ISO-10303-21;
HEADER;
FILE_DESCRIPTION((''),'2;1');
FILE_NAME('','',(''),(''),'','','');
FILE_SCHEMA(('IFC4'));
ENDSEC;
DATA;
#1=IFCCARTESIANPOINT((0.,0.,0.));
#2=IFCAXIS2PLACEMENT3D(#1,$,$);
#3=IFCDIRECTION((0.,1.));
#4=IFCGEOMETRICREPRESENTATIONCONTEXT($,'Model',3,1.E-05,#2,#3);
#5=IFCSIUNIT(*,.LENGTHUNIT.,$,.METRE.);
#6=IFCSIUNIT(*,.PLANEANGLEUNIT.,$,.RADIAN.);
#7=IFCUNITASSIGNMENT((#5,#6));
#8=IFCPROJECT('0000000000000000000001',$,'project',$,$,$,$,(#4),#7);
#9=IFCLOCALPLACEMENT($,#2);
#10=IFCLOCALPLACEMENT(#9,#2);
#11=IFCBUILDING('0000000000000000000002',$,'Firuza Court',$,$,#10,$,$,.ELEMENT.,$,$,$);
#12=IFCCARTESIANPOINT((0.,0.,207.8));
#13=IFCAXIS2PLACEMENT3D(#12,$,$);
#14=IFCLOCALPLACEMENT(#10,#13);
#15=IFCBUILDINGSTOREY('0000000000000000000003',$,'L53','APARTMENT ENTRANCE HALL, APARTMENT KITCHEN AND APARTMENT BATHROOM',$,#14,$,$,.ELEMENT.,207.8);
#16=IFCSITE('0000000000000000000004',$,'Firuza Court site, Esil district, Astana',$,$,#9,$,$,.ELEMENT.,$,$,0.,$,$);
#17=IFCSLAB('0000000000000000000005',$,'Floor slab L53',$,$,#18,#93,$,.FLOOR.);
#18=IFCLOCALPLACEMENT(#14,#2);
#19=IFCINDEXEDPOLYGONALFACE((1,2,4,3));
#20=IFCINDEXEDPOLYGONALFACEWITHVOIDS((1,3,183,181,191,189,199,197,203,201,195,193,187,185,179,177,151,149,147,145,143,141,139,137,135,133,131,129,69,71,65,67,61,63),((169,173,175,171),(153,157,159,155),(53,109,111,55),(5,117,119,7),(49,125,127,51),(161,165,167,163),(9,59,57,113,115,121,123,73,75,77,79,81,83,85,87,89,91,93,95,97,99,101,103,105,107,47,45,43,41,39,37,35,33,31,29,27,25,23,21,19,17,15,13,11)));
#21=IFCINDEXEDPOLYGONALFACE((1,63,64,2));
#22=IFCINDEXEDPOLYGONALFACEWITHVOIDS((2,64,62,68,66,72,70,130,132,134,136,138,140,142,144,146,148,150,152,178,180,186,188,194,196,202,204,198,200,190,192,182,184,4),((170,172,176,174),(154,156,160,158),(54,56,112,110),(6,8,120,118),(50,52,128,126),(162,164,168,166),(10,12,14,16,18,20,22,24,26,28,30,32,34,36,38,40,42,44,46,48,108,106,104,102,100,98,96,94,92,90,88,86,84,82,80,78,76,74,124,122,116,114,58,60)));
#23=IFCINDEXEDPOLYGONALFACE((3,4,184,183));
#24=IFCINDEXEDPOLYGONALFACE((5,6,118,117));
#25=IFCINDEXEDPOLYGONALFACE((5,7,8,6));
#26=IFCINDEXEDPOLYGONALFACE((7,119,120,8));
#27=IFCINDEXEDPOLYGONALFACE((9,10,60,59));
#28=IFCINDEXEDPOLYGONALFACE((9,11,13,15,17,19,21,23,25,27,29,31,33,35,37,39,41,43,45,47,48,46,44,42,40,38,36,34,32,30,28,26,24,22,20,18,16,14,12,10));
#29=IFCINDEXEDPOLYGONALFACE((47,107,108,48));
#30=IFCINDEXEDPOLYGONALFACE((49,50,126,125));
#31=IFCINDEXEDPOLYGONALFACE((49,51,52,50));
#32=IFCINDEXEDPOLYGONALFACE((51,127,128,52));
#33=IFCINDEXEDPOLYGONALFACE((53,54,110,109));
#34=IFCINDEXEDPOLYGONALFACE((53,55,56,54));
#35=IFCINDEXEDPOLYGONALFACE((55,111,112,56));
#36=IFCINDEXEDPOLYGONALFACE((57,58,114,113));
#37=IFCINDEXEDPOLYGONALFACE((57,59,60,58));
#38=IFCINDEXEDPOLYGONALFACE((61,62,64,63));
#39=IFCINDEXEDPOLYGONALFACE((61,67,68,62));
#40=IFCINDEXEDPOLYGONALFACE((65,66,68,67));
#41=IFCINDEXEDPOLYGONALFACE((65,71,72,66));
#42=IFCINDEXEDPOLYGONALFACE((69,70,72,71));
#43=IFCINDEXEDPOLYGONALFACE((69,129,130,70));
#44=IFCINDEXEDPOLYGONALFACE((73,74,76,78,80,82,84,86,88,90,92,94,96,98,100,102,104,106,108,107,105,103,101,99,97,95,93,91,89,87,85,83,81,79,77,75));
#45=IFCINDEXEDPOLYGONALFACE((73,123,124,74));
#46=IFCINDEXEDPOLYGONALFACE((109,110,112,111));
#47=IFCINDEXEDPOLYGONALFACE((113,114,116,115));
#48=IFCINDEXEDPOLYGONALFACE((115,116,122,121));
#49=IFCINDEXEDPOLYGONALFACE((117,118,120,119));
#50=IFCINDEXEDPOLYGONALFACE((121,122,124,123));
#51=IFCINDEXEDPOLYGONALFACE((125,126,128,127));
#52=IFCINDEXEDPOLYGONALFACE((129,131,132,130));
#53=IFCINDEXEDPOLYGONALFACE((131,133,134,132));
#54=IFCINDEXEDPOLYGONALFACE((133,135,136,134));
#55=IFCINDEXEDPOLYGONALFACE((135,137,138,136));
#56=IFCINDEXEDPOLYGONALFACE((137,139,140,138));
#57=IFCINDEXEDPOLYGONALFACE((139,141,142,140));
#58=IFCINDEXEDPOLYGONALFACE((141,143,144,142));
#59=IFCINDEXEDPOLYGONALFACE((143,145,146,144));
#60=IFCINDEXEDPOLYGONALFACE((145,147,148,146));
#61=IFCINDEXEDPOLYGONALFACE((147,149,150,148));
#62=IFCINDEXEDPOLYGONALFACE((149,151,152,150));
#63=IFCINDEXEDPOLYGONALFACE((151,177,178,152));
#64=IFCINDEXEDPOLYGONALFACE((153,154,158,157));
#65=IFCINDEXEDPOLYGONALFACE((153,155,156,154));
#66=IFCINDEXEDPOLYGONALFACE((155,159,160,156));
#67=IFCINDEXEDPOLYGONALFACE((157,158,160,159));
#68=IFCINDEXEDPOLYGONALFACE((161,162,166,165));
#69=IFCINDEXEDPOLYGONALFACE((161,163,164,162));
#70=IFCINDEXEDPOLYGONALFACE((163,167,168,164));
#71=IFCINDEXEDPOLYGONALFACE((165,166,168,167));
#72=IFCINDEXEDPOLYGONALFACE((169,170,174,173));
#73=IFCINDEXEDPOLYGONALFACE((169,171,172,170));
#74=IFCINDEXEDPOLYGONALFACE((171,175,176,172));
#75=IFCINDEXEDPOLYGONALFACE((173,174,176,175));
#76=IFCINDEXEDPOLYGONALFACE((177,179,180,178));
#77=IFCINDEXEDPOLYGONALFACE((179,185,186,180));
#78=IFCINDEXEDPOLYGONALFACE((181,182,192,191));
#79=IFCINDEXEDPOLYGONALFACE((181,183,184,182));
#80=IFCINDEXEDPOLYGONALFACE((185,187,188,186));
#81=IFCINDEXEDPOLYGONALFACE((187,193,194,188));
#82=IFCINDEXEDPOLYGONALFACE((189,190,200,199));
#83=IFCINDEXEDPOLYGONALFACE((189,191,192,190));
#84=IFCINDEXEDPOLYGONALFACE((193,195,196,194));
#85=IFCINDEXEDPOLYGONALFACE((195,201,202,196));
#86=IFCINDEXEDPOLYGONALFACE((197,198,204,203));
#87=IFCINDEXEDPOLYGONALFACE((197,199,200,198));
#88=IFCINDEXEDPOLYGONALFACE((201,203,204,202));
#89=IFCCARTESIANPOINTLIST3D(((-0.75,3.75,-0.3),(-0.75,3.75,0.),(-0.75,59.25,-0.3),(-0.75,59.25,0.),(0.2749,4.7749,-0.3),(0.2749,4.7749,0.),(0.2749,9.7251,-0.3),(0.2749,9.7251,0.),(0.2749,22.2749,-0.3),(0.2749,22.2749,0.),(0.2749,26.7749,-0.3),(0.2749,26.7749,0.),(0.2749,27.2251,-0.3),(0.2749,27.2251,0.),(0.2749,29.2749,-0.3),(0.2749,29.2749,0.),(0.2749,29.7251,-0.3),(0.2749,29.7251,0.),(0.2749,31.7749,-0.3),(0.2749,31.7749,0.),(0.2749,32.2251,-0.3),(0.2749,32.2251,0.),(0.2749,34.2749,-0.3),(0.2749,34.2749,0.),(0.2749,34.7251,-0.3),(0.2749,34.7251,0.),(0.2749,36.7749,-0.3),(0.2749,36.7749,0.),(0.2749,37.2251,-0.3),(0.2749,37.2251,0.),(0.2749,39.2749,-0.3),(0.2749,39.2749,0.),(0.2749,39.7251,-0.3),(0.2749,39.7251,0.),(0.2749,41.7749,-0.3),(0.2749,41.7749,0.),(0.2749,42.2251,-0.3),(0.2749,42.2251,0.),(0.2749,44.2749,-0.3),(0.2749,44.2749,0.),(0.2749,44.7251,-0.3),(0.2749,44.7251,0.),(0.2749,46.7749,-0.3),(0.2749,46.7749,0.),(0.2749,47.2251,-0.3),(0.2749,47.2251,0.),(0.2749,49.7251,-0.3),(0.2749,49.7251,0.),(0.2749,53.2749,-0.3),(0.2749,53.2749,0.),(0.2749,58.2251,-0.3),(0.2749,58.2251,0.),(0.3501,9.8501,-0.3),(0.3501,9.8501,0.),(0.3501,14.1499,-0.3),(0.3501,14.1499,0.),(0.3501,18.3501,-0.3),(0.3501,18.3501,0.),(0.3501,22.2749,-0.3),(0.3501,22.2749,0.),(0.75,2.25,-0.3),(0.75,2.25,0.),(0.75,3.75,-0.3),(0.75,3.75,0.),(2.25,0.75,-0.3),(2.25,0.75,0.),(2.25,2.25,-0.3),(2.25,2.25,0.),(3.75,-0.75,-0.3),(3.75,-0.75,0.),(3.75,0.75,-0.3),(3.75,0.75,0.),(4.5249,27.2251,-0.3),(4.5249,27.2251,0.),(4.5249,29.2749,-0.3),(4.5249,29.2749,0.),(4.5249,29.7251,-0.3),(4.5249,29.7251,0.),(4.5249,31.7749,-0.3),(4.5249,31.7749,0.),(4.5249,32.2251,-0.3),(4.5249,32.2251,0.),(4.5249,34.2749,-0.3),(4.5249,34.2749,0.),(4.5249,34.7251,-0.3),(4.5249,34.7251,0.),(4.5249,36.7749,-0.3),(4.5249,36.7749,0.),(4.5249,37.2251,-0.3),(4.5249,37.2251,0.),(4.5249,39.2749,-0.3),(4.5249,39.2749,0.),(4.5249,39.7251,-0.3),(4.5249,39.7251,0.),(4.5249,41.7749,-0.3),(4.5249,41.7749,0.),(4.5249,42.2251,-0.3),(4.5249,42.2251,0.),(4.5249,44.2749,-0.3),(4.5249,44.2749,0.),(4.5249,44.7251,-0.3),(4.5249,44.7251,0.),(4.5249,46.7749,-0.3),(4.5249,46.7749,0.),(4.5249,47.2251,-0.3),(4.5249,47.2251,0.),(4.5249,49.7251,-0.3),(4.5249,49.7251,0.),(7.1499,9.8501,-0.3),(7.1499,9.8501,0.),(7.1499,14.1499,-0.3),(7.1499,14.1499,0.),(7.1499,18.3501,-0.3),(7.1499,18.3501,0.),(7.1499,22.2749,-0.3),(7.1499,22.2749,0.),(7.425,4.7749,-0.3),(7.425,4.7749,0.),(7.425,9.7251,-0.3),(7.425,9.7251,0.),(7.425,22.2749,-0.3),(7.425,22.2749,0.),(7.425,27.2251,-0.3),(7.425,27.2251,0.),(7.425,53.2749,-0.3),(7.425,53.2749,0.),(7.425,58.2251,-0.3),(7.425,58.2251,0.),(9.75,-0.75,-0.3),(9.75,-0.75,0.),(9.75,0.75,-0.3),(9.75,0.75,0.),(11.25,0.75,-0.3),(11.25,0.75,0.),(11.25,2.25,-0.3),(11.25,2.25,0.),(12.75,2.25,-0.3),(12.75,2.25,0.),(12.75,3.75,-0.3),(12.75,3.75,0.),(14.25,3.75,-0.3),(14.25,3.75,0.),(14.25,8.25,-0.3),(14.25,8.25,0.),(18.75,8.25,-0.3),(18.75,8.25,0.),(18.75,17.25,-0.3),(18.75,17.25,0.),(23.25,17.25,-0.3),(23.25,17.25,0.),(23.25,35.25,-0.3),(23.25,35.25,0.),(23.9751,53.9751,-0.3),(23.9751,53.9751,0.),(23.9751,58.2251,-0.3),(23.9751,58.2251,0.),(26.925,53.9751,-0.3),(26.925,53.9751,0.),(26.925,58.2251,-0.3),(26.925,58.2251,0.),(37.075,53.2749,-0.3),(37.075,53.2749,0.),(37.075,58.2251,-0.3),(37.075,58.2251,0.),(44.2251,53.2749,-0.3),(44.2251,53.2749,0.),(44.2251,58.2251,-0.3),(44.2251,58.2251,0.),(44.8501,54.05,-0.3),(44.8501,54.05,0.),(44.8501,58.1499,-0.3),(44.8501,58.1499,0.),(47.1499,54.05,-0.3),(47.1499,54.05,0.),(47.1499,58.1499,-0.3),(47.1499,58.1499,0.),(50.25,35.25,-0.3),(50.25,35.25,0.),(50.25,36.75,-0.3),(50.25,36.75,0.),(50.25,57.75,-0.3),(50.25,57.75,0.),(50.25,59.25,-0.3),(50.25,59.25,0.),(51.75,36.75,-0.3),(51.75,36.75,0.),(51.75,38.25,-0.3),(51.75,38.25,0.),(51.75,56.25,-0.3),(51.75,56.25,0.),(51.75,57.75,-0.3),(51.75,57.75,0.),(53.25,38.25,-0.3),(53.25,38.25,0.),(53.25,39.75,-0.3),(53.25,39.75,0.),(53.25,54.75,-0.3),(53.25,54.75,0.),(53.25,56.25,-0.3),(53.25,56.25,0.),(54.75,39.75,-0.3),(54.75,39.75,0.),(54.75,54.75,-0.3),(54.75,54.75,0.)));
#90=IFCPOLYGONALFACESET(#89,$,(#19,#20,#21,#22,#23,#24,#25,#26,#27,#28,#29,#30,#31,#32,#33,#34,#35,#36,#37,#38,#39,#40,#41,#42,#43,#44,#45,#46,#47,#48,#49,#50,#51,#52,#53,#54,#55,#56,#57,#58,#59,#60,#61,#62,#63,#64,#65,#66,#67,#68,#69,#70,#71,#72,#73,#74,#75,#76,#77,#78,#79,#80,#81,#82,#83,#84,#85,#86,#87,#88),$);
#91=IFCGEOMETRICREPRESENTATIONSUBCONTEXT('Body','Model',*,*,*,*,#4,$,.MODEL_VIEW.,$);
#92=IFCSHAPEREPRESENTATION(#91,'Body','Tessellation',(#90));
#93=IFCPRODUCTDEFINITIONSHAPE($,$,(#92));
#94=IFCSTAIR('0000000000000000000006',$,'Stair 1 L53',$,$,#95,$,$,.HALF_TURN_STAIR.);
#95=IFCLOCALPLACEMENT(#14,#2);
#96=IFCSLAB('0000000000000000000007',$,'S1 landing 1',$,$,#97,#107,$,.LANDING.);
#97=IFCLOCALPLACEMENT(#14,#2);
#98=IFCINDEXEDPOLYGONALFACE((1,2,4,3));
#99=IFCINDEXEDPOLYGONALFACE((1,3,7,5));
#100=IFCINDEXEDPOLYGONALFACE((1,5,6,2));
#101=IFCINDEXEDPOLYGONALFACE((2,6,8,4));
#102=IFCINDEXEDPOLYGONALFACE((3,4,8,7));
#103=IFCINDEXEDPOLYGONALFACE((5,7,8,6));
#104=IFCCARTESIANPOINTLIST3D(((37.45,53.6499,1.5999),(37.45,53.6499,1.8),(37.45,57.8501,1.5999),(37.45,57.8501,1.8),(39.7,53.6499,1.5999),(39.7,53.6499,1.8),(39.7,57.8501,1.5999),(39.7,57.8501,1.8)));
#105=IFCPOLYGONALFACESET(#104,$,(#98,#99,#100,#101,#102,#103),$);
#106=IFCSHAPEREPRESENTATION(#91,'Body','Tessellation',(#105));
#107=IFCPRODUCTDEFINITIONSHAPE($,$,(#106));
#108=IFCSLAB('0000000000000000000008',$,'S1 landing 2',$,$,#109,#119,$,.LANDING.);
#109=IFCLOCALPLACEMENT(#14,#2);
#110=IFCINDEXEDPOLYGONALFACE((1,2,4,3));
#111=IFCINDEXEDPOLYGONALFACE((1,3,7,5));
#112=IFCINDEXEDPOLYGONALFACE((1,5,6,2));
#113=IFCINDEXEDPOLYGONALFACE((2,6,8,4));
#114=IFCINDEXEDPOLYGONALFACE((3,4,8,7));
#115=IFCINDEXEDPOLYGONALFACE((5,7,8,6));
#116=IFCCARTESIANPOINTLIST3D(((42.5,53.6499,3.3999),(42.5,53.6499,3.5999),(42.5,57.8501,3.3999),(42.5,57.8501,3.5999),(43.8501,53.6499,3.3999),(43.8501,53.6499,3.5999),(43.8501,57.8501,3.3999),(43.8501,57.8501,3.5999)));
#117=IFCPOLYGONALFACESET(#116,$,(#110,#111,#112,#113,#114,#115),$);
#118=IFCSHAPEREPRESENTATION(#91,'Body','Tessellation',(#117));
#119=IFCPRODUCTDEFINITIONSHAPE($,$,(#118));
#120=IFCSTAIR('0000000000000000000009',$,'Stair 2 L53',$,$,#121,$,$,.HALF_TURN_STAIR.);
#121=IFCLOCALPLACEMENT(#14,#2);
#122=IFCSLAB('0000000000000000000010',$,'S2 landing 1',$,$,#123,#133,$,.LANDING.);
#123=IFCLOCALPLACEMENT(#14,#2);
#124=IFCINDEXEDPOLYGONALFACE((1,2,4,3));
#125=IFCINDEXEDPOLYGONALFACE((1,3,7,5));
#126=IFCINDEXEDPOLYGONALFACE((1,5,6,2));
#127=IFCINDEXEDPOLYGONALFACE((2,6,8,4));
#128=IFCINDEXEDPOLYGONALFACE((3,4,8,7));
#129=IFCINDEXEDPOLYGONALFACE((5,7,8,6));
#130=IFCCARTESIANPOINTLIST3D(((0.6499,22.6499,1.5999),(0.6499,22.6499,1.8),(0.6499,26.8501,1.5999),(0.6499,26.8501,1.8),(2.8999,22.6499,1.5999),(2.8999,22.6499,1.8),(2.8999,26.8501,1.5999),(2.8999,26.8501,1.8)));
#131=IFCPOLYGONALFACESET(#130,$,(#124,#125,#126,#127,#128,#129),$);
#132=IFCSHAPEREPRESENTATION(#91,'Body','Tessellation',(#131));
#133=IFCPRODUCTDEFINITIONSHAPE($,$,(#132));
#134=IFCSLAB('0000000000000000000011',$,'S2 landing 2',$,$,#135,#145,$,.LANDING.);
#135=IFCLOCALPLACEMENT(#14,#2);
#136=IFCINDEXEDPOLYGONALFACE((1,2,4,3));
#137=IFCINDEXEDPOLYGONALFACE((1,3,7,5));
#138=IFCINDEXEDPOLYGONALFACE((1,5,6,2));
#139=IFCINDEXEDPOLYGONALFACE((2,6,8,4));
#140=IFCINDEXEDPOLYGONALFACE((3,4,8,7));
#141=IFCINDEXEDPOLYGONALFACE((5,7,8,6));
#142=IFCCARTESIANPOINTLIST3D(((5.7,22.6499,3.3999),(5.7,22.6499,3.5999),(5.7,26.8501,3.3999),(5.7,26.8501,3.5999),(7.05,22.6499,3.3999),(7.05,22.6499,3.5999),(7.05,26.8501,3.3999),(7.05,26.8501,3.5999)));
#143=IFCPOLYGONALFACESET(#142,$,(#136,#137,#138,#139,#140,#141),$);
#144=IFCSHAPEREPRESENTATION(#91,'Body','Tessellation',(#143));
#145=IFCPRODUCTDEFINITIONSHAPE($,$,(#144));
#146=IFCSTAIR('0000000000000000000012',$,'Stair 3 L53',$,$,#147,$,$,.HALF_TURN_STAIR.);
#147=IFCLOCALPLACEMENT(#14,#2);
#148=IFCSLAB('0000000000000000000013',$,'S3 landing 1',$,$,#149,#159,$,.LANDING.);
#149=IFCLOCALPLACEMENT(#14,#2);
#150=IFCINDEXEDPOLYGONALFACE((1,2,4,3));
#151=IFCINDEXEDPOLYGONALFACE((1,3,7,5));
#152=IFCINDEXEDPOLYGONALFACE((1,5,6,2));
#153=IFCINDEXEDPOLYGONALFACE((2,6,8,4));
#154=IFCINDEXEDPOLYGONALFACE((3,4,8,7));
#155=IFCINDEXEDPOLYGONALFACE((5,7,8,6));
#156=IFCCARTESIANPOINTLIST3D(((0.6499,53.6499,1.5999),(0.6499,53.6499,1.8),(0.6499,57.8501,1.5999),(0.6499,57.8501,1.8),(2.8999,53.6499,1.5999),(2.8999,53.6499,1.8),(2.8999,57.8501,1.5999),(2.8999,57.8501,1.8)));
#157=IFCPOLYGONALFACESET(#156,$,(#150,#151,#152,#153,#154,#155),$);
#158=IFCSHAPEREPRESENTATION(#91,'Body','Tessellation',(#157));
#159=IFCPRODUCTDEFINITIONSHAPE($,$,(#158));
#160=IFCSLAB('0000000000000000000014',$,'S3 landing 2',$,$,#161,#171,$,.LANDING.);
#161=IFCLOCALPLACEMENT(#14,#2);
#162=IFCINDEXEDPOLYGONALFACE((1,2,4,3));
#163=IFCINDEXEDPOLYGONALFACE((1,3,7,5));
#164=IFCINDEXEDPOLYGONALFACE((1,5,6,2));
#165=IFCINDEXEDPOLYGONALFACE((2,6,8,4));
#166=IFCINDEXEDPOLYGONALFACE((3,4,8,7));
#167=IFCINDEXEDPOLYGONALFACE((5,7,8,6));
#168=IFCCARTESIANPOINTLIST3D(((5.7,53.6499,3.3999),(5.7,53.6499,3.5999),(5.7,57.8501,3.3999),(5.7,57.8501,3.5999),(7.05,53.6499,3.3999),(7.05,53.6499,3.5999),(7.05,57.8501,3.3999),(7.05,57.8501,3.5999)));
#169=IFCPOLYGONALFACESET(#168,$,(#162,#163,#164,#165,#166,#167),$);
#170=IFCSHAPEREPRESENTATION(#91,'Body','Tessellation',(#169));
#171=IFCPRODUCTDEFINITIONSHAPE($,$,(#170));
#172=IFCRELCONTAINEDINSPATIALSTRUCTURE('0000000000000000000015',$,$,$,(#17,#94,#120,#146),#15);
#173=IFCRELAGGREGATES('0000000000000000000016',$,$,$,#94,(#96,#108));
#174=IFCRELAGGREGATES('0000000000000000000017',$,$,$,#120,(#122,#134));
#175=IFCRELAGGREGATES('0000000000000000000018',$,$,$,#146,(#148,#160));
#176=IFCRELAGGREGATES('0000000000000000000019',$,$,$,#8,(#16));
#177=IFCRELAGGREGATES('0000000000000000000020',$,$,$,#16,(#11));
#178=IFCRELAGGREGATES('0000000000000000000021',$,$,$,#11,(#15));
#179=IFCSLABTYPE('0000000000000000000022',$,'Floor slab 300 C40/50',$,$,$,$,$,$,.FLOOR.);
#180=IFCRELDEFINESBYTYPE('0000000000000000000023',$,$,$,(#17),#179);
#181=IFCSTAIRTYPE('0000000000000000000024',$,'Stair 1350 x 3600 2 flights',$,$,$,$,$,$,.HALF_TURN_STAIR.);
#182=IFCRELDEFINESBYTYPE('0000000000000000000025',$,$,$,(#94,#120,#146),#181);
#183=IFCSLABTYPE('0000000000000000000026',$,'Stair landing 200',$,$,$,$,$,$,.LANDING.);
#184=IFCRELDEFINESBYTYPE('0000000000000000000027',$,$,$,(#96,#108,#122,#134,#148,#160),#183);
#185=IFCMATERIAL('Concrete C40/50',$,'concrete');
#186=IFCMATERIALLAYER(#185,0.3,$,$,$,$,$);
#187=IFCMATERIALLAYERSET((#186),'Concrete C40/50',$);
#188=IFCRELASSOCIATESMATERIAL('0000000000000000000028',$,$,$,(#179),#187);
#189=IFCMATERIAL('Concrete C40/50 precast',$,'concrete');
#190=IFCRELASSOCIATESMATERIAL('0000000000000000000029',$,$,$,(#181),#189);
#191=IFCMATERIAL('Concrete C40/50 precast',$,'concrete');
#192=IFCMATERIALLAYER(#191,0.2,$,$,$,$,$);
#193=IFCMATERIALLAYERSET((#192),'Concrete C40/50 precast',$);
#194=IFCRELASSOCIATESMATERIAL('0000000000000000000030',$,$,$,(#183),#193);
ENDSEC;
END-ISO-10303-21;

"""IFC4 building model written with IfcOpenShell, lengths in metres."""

from ifc_helpers import new_model, si_unit, direction, frame, origin, place, context, subcontext, project, spatial, polyline, outline, extrude, material, layer, layer_set, type_object, element, aggregate, save


model = new_model("IFC4")

# Units and contexts
model_context = context("Model", 3, precision=1e-05, world=origin(), true_north=direction((0.0, 1.0)))
body_context = subcontext(model_context, "Body", "Model", "MODEL_VIEW")
ifc_project = project(units=[si_unit("LENGTHUNIT", "METRE"), si_unit("PLANEANGLEUNIT", "RADIAN")], contexts=[model_context])

# Site, building, storey
site_placement = place(None, origin())
site = spatial("IfcSite", under=ifc_project, at=site_placement, Name="Firuza Court site, Esil district, Astana", CompositionType="ELEMENT", RefElevation=0.0)
building_placement = place(site_placement, origin())
building = spatial("IfcBuilding", under=site, at=building_placement, Name="Firuza Court", CompositionType="ELEMENT")
storey_placement = place(building_placement, frame((0.0, 0.0, 207.8)))
storey = spatial("IfcBuildingStorey", under=building, at=storey_placement, Name="L53", Description="APARTMENT ENTRANCE HALL, APARTMENT KITCHEN AND APARTMENT BATHROOM", CompositionType="ELEMENT", Elevation=207.8)

# Slab
ifc_material_1 = material(Name="Concrete C40/50", Category="concrete")
ifc_layer_1 = layer(ifc_material_1, 0.3)
ifc_layer_set_1 = layer_set([ifc_layer_1], Name="Concrete C40/50")
slab_type_1 = type_object("IfcSlabType", Name="Floor slab 300 C40/50", PredefinedType="FLOOR", material=ifc_layer_set_1)
slab_1_placement = place(storey_placement, frame((0.0, 0.0, -0.3)))
element("IfcSlab", 1, at=slab_1_placement, inside=storey, type_object=slab_type_1, Name="Floor slab L53", PredefinedType="FLOOR", context=body_context, shape_type="SweptSolid", body=[
    extrude(outline(polyline([(-0.75, 59.25), (50.25, 59.25), (50.25, 57.75), (51.75, 57.75), (51.75, 56.25), (53.25, 56.25), (53.25, 54.75), (54.75, 54.75), (54.75, 39.75), (53.25, 39.75), (53.25, 38.25), (51.75, 38.25), (51.75, 36.75), (50.25, 36.75), (50.25, 35.25), (23.25, 35.25), (23.25, 17.25), (18.75, 17.25), (18.75, 8.25), (14.25, 8.25), (14.25, 3.75), (12.75, 3.75), (12.75, 2.25), (11.25, 2.25), (11.25, 0.75), (9.75, 0.75), (9.75, -0.75), (3.75, -0.75), (3.75, 0.75), (2.25, 0.75), (2.25, 2.25), (0.75, 2.25), (0.75, 3.75), (-0.75, 3.75), (-0.75, 59.25)]), holes=[polyline([(0.2749, 29.7251), (0.2749, 29.2749), (0.2749, 27.2251), (0.2749, 26.7749), (0.2749, 22.2749), (0.3501, 22.2749), (0.3501, 18.3501), (7.1499, 18.3501), (7.1499, 22.2749), (7.425, 22.2749), (7.425, 27.2251), (4.5249, 27.2251), (4.5249, 29.2749), (4.5249, 29.7251), (4.5249, 31.7749), (4.5249, 32.2251), (4.5249, 34.2749), (4.5249, 34.7251), (4.5249, 36.7749), (4.5249, 37.2251), (4.5249, 39.2749), (4.5249, 39.7251), (4.5249, 41.7749), (4.5249, 42.2251), (4.5249, 44.2749), (4.5249, 44.7251), (4.5249, 46.7749), (4.5249, 47.2251), (4.5249, 49.7251), (0.2749, 49.7251), (0.2749, 47.2251), (0.2749, 46.7749), (0.2749, 44.7251), (0.2749, 44.2749), (0.2749, 42.2251), (0.2749, 41.7749), (0.2749, 39.7251), (0.2749, 39.2749), (0.2749, 37.2251), (0.2749, 36.7749), (0.2749, 34.7251), (0.2749, 34.2749), (0.2749, 32.2251), (0.2749, 31.7749), (0.2749, 29.7251)]), polyline([(7.425, 9.7251), (0.2749, 9.7251), (0.2749, 4.7749), (7.425, 4.7749), (7.425, 9.7251)]), polyline([(7.1499, 14.1499), (0.3501, 14.1499), (0.3501, 9.8501), (7.1499, 9.8501), (7.1499, 14.1499)]), polyline([(7.425, 58.2251), (0.2749, 58.2251), (0.2749, 53.2749), (7.425, 53.2749), (7.425, 58.2251)]), polyline([(44.2251, 58.2251), (37.075, 58.2251), (37.075, 53.2749), (44.2251, 53.2749), (44.2251, 58.2251)]), polyline([(26.925, 53.9751), (26.925, 58.2251), (23.9751, 58.2251), (23.9751, 53.9751), (26.925, 53.9751)]), polyline([(47.1499, 54.05), (47.1499, 58.1499), (44.8501, 58.1499), (44.8501, 54.05), (47.1499, 54.05)])]), origin(), (0.0, 0.0, 1.0), 0.3),
])

# Stairs, slabs
ifc_material_2 = material(Name="Concrete C40/50 precast", Category="concrete")
stair_type = type_object("IfcStairType", Name="Stair 1350 x 3600 2 flights", PredefinedType="HALF_TURN_STAIR", material=ifc_material_2)
stair_1_placement = place(storey_placement, origin())
stair_1 = element("IfcStair", 2, at=stair_1_placement, inside=storey, type_object=stair_type, Name="Stair 1 L53", PredefinedType="HALF_TURN_STAIR")
ifc_material_3 = material(Name="Concrete C40/50 precast", Category="concrete")
ifc_layer_2 = layer(ifc_material_3, 0.2)
ifc_layer_set_2 = layer_set([ifc_layer_2], Name="Concrete C40/50 precast")
slab_type_2 = type_object("IfcSlabType", Name="Stair landing 200", PredefinedType="LANDING", material=ifc_layer_set_2)
slab_2_placement = place(storey_placement, frame((0.0, 0.0, 1.5999)))
slab_2 = element("IfcSlab", 3, at=slab_2_placement, type_object=slab_type_2, Name="S1 landing 1", PredefinedType="LANDING", context=body_context, shape_type="SweptSolid", body=[
    extrude(outline(polyline([(39.7, 53.6499), (39.7, 57.8501), (37.45, 57.8501), (37.45, 53.6499), (39.7, 53.6499)])), origin(), (0.0, 0.0, 1.0), 0.2002),
])
slab_3_placement = place(storey_placement, frame((0.0, 0.0, 3.3999)))
slab_3 = element("IfcSlab", 4, at=slab_3_placement, type_object=slab_type_2, Name="S1 landing 2", PredefinedType="LANDING", context=body_context, shape_type="SweptSolid", body=[
    extrude(outline(polyline([(43.8501, 53.6499), (43.8501, 57.8501), (42.5, 57.8501), (42.5, 53.6499), (43.8501, 53.6499)])), origin(), (0.0, 0.0, 1.0), 0.2),
])
aggregate(stair_1, [slab_2, slab_3])
stair_2_placement = place(storey_placement, origin())
stair_2 = element("IfcStair", 5, at=stair_2_placement, inside=storey, type_object=stair_type, Name="Stair 2 L53", PredefinedType="HALF_TURN_STAIR")
slab_4_placement = place(storey_placement, frame((0.0, 0.0, 1.5999)))
slab_4 = element("IfcSlab", 6, at=slab_4_placement, type_object=slab_type_2, Name="S2 landing 1", PredefinedType="LANDING", context=body_context, shape_type="SweptSolid", body=[
    extrude(outline(polyline([(2.8999, 22.6499), (2.8999, 26.8501), (0.6499, 26.8501), (0.6499, 22.6499), (2.8999, 22.6499)])), origin(), (0.0, 0.0, 1.0), 0.2002),
])
slab_5_placement = place(storey_placement, frame((0.0, 0.0, 3.3999)))
slab_5 = element("IfcSlab", 7, at=slab_5_placement, type_object=slab_type_2, Name="S2 landing 2", PredefinedType="LANDING", context=body_context, shape_type="SweptSolid", body=[
    extrude(outline(polyline([(7.05, 22.6499), (7.05, 26.8501), (5.7, 26.8501), (5.7, 22.6499), (7.05, 22.6499)])), origin(), (0.0, 0.0, 1.0), 0.2),
])
aggregate(stair_2, [slab_4, slab_5])
stair_3_placement = place(storey_placement, origin())
stair_3 = element("IfcStair", 8, at=stair_3_placement, inside=storey, type_object=stair_type, Name="Stair 3 L53", PredefinedType="HALF_TURN_STAIR")
slab_6_placement = place(storey_placement, frame((0.0, 0.0, 1.5999)))
slab_6 = element("IfcSlab", 9, at=slab_6_placement, type_object=slab_type_2, Name="S3 landing 1", PredefinedType="LANDING", context=body_context, shape_type="SweptSolid", body=[
    extrude(outline(polyline([(2.8999, 53.6499), (2.8999, 57.8501), (0.6499, 57.8501), (0.6499, 53.6499), (2.8999, 53.6499)])), origin(), (0.0, 0.0, 1.0), 0.2002),
])
slab_7_placement = place(storey_placement, frame((0.0, 0.0, 3.3999)))
slab_7 = element("IfcSlab", 10, at=slab_7_placement, type_object=slab_type_2, Name="S3 landing 2", PredefinedType="LANDING", context=body_context, shape_type="SweptSolid", body=[
    extrude(outline(polyline([(7.05, 53.6499), (7.05, 57.8501), (5.7, 57.8501), (5.7, 53.6499), (7.05, 53.6499)])), origin(), (0.0, 0.0, 1.0), 0.2),
])
aggregate(stair_3, [slab_6, slab_7])

save(model, "model.ifc")
